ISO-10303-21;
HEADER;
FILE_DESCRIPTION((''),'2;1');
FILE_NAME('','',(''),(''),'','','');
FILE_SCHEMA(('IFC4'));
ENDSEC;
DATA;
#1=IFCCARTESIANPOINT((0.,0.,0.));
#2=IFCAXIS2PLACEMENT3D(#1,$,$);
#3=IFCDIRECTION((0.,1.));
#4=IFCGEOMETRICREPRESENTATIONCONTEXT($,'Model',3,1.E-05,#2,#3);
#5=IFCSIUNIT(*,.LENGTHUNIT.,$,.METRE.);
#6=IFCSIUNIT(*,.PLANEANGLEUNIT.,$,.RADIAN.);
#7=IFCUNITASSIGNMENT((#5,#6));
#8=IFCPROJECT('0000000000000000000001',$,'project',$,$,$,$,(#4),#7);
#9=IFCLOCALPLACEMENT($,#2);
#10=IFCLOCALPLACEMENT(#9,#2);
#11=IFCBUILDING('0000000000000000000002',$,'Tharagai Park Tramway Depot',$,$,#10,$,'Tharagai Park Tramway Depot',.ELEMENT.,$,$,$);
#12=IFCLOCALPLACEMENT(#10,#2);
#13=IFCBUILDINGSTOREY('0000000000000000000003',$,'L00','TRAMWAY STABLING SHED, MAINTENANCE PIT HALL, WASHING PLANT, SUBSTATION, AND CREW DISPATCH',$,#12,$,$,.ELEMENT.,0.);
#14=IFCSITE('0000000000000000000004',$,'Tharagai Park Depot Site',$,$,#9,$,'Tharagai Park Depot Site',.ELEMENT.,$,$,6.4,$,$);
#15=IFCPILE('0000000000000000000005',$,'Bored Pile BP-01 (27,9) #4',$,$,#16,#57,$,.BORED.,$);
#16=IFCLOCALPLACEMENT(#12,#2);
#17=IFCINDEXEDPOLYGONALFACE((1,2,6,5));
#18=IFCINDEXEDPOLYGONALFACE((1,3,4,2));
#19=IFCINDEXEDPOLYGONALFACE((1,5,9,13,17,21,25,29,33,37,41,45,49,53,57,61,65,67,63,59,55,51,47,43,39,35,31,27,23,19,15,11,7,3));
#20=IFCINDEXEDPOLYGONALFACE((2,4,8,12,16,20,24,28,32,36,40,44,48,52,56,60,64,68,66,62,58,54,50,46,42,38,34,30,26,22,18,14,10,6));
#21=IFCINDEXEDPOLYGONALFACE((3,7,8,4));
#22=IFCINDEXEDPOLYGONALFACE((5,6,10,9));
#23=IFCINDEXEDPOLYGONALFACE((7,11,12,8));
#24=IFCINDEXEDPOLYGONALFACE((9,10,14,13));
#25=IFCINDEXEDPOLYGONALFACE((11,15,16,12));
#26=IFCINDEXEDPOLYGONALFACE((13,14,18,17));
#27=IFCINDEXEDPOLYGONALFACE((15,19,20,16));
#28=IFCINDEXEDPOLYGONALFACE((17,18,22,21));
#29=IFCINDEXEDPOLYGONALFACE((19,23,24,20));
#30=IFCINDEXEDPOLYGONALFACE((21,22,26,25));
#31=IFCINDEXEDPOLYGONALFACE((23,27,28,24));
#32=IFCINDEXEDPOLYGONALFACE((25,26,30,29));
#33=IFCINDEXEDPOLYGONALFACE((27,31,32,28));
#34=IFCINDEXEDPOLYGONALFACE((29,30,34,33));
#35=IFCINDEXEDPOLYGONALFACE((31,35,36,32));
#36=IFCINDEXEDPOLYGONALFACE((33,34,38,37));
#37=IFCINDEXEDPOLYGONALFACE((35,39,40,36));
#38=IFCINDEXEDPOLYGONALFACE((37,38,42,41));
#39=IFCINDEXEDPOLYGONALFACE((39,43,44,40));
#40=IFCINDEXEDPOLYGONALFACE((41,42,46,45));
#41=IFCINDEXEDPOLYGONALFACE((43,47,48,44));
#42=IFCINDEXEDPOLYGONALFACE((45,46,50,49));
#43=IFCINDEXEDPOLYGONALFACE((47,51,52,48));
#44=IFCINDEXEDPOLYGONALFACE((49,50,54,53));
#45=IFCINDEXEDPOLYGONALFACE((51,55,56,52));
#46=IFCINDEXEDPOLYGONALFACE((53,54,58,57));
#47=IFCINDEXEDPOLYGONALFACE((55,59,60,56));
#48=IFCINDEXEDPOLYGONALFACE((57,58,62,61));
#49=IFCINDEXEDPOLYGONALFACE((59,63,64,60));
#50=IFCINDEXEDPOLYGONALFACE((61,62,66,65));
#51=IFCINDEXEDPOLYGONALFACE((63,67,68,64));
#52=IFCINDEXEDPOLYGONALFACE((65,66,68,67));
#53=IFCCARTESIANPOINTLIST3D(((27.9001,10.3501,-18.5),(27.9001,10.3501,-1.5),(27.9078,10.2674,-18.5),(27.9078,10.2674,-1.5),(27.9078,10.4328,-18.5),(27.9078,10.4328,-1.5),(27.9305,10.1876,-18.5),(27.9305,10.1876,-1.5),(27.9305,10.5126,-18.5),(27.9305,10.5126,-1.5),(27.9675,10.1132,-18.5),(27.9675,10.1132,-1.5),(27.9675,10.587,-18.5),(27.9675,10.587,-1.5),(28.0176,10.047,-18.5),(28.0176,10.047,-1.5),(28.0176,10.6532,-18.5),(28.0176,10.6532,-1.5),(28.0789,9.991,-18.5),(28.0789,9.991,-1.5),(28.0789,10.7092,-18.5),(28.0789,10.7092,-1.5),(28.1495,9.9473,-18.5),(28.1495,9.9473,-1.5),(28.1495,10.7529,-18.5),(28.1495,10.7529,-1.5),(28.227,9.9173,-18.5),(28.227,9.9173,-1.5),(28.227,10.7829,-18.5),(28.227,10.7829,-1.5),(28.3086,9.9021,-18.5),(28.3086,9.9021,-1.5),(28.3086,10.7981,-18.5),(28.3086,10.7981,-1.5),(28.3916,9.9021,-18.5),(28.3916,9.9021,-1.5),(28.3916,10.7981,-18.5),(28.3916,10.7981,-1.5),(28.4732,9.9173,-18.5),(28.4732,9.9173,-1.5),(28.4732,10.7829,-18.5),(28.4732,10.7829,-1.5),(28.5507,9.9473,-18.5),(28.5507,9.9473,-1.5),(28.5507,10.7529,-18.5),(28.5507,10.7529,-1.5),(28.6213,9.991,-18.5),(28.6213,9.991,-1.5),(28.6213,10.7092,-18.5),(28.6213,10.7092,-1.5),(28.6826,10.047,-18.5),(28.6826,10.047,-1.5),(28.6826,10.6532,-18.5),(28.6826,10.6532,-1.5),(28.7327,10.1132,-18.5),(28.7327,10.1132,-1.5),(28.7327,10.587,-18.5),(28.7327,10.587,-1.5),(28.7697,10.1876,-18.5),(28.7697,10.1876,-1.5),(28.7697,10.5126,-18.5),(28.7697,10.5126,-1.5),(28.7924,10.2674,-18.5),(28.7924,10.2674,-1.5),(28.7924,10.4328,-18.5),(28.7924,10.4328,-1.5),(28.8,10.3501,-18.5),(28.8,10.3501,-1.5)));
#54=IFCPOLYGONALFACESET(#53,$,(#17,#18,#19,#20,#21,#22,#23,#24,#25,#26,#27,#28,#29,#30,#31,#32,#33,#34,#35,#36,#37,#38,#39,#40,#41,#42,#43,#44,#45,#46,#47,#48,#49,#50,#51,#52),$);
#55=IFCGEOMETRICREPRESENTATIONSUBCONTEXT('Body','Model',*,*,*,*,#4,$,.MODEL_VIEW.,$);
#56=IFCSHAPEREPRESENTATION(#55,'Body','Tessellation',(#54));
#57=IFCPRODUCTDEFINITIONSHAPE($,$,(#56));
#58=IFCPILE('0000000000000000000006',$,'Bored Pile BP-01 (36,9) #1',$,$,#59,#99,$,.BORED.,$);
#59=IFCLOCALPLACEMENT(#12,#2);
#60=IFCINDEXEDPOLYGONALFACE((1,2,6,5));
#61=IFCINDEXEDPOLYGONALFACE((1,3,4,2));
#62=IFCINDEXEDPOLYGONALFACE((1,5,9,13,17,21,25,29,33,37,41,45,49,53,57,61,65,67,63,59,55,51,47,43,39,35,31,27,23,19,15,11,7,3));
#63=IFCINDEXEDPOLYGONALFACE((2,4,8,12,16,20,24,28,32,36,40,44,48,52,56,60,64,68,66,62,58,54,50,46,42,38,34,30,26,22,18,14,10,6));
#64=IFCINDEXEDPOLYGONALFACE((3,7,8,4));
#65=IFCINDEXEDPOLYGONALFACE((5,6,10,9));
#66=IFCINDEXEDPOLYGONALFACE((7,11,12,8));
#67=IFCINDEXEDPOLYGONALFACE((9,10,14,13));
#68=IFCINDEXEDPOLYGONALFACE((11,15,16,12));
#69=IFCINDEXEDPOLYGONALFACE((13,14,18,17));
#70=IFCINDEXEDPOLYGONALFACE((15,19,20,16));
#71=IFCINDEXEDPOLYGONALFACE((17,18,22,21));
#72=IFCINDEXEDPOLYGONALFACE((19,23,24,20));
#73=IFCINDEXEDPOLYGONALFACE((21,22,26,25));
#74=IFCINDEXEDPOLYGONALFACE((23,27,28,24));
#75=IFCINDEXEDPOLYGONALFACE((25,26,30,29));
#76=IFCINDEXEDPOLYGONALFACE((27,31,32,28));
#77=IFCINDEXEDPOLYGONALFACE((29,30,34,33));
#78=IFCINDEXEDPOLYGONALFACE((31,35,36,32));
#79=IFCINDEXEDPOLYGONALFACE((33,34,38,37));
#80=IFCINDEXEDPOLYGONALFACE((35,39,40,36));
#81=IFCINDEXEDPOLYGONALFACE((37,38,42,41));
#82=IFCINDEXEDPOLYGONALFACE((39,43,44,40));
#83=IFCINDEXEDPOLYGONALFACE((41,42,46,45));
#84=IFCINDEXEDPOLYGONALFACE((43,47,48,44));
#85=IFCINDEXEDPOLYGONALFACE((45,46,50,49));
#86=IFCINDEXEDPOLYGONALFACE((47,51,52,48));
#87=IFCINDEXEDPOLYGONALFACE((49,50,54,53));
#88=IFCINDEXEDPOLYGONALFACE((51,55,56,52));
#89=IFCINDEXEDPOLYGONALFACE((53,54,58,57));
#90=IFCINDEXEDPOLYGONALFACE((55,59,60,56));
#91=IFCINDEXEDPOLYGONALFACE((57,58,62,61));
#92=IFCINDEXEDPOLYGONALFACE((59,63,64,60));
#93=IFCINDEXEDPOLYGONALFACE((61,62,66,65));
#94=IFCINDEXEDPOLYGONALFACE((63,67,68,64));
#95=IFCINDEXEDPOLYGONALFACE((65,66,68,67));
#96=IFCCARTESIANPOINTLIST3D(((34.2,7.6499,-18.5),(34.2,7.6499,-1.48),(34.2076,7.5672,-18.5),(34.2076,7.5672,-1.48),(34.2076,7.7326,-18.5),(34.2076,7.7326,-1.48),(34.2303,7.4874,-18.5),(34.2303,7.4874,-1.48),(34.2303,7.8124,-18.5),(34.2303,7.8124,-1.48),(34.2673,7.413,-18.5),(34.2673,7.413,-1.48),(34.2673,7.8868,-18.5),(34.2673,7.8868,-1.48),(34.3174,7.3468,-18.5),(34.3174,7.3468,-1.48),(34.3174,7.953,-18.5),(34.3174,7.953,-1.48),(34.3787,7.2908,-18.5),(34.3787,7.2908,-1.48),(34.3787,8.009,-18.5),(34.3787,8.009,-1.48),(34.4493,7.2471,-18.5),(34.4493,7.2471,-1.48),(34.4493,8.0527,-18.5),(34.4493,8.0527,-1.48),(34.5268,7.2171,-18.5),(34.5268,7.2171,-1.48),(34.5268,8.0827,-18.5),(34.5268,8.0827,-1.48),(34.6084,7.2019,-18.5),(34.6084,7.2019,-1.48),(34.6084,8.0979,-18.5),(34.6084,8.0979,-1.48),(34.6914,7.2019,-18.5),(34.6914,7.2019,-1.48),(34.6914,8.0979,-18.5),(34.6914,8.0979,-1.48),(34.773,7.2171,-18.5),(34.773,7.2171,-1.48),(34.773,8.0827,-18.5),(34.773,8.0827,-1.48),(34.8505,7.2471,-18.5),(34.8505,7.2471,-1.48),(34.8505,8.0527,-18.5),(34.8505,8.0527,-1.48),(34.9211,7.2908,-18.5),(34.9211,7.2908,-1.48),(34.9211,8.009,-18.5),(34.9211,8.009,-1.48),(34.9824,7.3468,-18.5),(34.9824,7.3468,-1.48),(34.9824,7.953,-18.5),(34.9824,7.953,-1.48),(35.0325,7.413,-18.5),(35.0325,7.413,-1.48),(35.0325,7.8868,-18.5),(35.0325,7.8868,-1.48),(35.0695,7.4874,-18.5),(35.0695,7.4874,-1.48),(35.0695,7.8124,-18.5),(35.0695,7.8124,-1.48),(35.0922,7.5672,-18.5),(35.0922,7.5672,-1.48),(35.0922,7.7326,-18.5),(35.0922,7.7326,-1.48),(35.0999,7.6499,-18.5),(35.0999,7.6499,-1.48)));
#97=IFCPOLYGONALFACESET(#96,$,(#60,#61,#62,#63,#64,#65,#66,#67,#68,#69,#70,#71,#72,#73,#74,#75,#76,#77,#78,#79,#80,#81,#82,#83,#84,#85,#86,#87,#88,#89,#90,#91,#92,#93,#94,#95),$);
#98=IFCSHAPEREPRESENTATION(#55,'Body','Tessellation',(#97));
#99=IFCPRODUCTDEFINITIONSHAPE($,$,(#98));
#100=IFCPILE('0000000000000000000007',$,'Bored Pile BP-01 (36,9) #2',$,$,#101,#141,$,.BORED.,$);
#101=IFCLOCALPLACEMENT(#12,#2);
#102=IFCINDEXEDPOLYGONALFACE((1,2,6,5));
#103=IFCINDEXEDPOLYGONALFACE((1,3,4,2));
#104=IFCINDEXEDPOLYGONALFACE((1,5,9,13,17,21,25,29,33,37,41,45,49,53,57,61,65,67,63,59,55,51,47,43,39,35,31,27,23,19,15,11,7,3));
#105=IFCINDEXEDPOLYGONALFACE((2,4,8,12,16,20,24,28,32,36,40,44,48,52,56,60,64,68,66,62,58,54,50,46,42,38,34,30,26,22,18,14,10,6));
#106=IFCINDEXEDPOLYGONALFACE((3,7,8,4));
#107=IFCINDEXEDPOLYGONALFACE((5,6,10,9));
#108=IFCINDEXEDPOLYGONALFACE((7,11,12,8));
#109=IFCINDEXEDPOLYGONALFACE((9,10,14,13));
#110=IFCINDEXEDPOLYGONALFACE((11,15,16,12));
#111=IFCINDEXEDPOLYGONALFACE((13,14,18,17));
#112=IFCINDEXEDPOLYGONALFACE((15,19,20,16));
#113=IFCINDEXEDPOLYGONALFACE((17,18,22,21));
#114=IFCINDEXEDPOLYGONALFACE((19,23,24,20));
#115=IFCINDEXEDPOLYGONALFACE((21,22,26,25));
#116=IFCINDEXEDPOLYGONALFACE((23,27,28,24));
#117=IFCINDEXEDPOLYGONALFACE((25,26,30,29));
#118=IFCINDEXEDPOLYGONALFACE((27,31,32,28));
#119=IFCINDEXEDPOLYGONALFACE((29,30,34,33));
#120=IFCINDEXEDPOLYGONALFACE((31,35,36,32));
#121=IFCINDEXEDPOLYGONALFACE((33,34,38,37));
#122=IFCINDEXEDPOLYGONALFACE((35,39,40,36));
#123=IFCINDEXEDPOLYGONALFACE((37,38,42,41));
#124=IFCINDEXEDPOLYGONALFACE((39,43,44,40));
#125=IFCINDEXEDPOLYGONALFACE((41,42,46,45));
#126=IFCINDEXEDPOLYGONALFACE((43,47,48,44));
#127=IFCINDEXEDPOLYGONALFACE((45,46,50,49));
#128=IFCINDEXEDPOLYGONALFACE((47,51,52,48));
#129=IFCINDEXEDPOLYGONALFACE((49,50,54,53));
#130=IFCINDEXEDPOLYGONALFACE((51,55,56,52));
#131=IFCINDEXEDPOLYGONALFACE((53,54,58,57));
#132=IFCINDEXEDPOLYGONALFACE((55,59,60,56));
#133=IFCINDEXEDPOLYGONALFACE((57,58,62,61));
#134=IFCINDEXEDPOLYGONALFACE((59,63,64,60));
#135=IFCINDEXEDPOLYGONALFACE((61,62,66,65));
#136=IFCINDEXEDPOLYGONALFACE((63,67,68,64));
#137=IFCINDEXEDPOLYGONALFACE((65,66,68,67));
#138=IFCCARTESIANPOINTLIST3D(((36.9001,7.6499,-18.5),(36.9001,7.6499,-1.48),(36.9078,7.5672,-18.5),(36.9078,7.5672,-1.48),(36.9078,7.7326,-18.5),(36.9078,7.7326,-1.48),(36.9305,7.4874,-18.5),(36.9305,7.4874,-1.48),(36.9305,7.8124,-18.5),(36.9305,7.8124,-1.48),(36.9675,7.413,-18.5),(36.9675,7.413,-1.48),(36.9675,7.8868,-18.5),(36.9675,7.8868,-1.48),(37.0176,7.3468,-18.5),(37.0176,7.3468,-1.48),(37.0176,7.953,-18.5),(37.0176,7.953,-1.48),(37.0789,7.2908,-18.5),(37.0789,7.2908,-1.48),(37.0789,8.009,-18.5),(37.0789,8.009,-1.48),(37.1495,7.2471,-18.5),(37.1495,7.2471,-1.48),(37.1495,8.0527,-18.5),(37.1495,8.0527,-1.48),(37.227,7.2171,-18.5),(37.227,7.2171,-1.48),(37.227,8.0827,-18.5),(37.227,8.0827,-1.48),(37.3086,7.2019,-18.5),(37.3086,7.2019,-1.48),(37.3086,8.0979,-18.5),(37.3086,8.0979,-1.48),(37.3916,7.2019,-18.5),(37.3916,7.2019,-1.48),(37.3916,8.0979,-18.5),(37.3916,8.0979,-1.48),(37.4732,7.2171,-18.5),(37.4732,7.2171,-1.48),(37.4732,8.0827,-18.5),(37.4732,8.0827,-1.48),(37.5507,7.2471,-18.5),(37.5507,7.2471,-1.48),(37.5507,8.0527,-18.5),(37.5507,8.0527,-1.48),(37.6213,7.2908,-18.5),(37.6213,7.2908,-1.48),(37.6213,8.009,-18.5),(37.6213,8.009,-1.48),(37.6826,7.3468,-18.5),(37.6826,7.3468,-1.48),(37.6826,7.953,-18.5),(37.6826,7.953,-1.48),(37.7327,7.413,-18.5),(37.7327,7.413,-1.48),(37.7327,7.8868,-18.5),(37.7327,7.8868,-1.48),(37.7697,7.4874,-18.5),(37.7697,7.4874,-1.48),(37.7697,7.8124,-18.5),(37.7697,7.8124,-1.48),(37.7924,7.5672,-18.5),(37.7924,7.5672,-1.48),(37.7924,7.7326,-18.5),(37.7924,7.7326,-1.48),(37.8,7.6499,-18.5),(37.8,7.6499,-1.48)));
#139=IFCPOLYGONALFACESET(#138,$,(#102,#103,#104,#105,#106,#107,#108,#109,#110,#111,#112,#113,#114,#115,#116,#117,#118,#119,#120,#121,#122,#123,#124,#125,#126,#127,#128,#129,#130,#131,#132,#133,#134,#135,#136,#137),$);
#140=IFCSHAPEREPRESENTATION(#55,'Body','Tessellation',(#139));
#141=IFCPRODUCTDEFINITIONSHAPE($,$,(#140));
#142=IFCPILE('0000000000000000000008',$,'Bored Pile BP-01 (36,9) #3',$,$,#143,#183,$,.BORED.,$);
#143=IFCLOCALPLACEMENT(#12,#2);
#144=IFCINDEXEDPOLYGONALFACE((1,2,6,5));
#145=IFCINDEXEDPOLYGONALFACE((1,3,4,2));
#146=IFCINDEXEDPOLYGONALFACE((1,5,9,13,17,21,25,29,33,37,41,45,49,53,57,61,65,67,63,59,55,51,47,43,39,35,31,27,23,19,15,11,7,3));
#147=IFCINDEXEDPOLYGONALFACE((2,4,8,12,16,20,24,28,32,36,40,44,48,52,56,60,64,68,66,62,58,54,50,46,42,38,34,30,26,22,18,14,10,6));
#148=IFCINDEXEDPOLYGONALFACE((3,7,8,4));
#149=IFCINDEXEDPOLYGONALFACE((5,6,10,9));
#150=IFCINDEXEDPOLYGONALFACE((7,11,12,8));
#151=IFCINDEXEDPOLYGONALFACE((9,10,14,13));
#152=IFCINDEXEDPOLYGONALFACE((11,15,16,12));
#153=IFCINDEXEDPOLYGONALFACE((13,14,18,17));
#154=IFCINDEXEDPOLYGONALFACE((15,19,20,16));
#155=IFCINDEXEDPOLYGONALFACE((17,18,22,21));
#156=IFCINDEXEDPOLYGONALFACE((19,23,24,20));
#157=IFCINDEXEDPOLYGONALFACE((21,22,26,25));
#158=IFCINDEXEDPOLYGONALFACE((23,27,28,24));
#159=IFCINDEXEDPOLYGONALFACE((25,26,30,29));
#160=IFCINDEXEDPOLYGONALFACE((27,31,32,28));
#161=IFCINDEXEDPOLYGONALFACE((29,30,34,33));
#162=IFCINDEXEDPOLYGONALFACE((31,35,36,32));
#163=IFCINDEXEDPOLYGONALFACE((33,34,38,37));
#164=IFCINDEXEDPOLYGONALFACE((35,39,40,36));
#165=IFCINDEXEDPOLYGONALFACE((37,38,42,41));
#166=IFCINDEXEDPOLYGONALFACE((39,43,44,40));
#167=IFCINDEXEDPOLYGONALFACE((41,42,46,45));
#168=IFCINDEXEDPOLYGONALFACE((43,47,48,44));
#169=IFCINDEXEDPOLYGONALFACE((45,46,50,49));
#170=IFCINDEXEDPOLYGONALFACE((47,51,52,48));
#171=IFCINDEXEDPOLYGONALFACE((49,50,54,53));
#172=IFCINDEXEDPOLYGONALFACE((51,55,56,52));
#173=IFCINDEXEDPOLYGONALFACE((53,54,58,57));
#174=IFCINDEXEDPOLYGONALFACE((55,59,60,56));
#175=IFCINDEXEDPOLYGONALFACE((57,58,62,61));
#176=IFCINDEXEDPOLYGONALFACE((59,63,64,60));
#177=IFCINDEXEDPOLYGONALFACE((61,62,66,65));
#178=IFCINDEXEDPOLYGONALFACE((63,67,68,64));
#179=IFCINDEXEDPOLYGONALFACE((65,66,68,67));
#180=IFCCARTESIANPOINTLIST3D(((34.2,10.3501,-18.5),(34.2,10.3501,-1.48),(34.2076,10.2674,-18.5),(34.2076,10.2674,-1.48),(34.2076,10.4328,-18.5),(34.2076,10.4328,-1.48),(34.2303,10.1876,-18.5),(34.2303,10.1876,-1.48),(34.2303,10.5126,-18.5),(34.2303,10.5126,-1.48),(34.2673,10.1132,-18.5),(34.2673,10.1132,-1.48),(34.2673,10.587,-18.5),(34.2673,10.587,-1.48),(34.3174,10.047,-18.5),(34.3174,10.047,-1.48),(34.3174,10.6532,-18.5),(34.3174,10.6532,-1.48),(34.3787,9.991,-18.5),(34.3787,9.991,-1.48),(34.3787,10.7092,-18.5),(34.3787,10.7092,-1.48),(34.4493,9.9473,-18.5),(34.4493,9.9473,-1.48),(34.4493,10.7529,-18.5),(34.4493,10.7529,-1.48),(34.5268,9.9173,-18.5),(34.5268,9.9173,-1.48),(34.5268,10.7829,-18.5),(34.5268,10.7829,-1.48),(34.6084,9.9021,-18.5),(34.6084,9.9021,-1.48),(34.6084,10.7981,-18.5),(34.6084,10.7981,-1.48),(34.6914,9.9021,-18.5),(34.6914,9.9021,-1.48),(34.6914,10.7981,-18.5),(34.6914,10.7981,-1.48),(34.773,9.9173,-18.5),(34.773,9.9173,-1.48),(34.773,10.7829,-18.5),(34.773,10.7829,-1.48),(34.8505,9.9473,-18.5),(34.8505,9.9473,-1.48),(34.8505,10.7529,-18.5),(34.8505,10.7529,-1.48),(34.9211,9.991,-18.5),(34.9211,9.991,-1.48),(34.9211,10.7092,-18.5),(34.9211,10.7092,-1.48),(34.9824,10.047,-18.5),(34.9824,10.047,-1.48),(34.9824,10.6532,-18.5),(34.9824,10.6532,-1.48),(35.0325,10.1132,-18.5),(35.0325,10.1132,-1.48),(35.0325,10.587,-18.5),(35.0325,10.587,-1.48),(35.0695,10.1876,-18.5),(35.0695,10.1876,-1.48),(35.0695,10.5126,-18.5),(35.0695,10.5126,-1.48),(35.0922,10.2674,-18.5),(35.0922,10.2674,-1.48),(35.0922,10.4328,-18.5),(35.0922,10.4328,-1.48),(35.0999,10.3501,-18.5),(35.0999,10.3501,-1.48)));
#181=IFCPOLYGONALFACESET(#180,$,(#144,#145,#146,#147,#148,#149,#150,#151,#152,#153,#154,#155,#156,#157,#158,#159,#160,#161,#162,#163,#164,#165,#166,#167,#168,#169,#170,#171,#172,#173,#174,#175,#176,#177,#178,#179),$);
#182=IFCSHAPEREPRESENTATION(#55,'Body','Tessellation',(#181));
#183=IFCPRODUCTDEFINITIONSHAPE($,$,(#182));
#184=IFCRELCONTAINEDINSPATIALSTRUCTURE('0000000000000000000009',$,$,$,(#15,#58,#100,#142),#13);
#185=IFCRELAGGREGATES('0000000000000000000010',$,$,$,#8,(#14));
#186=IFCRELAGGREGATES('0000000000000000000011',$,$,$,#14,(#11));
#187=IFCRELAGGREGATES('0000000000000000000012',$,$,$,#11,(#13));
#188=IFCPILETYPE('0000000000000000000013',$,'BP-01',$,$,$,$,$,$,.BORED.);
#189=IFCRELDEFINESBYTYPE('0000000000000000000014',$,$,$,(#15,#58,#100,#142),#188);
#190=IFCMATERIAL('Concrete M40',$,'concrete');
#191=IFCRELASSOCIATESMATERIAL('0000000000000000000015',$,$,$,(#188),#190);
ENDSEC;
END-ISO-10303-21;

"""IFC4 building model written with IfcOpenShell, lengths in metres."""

from ifc_helpers import new_model, si_unit, direction, frame, origin, origin_2d, place, context, subcontext, project, spatial, circle, extrude, material, material_profile, profile_set, type_object, element, save


model = new_model("IFC4")

# Units and contexts
model_context = context("Model", 3, precision=1e-05, world=origin(), true_north=direction((0.0, 1.0)))
body_context = subcontext(model_context, "Body", "Model", "MODEL_VIEW")
ifc_project = project(units=[si_unit("LENGTHUNIT", "METRE"), si_unit("PLANEANGLEUNIT", "RADIAN")], contexts=[model_context])

# Site, building, storey
site_placement = place(None, origin())
site = spatial("IfcSite", under=ifc_project, at=site_placement, Name="Tharagai Park Depot Site", LongName="Tharagai Park Depot Site", CompositionType="ELEMENT", RefElevation=6.4)
building_placement = place(site_placement, origin())
building = spatial("IfcBuilding", under=site, at=building_placement, Name="Tharagai Park Tramway Depot", LongName="Tharagai Park Tramway Depot", CompositionType="ELEMENT")
storey_placement = place(building_placement, origin())
storey = spatial("IfcBuildingStorey", under=building, at=storey_placement, Name="L00", Description="TRAMWAY STABLING SHED, MAINTENANCE PIT HALL, WASHING PLANT, SUBSTATION, AND CREW DISPATCH", CompositionType="ELEMENT", Elevation=0.0)

# Piles
ifc_material_1 = material(Name="Concrete M40", Category="concrete")
ifc_material_profile_1 = material_profile(ifc_material_1, circle(Radius=0.45, at=origin_2d()), Name="PILE D900")
ifc_profile_set_1 = profile_set([ifc_material_profile_1], Name="Concrete M40")
pile_type = type_object("IfcPileType", Name="BP-01", PredefinedType="BORED", material=ifc_profile_set_1)
for number, where, z_axis, x_axis, name in (
    (1, (28.3501, 10.3501, -1.5), (0.0, 0.0, -1.0), (1.0, 0.0, 0.0), "Bored Pile BP-01 (27,9) #4"),
):
    element("IfcPile", number, at=place(storey_placement, frame(where, z_axis=z_axis, x_axis=x_axis)), inside=storey, type_object=pile_type, Name=name, PredefinedType="BORED", context=body_context, shape_type="SweptSolid", body=[
        extrude(circle(Radius=0.45, at=origin_2d()), origin(), (0.0, 0.0, 1.0), 17.0),
    ])
for number, where, z_axis, x_axis, name in (
    (2, (34.6499, 7.6499, -1.48), (0.0, 0.0, -1.0), (1.0, 0.0, 0.0), "Bored Pile BP-01 (36,9) #1"),
    (3, (37.3501, 7.6499, -1.48), (0.0, 0.0, -1.0), (1.0, 0.0, 0.0), "Bored Pile BP-01 (36,9) #2"),
    (4, (34.6499, 10.3501, -1.48), (0.0, 0.0, -1.0), (1.0, 0.0, 0.0), "Bored Pile BP-01 (36,9) #3"),
):
    element("IfcPile", number, at=place(storey_placement, frame(where, z_axis=z_axis, x_axis=x_axis)), inside=storey, type_object=pile_type, Name=name, PredefinedType="BORED", context=body_context, shape_type="SweptSolid", body=[
        extrude(circle(Radius=0.45, at=origin_2d()), origin(), (0.0, 0.0, 1.0), 17.02),
    ])

save(model, "model.ifc")
